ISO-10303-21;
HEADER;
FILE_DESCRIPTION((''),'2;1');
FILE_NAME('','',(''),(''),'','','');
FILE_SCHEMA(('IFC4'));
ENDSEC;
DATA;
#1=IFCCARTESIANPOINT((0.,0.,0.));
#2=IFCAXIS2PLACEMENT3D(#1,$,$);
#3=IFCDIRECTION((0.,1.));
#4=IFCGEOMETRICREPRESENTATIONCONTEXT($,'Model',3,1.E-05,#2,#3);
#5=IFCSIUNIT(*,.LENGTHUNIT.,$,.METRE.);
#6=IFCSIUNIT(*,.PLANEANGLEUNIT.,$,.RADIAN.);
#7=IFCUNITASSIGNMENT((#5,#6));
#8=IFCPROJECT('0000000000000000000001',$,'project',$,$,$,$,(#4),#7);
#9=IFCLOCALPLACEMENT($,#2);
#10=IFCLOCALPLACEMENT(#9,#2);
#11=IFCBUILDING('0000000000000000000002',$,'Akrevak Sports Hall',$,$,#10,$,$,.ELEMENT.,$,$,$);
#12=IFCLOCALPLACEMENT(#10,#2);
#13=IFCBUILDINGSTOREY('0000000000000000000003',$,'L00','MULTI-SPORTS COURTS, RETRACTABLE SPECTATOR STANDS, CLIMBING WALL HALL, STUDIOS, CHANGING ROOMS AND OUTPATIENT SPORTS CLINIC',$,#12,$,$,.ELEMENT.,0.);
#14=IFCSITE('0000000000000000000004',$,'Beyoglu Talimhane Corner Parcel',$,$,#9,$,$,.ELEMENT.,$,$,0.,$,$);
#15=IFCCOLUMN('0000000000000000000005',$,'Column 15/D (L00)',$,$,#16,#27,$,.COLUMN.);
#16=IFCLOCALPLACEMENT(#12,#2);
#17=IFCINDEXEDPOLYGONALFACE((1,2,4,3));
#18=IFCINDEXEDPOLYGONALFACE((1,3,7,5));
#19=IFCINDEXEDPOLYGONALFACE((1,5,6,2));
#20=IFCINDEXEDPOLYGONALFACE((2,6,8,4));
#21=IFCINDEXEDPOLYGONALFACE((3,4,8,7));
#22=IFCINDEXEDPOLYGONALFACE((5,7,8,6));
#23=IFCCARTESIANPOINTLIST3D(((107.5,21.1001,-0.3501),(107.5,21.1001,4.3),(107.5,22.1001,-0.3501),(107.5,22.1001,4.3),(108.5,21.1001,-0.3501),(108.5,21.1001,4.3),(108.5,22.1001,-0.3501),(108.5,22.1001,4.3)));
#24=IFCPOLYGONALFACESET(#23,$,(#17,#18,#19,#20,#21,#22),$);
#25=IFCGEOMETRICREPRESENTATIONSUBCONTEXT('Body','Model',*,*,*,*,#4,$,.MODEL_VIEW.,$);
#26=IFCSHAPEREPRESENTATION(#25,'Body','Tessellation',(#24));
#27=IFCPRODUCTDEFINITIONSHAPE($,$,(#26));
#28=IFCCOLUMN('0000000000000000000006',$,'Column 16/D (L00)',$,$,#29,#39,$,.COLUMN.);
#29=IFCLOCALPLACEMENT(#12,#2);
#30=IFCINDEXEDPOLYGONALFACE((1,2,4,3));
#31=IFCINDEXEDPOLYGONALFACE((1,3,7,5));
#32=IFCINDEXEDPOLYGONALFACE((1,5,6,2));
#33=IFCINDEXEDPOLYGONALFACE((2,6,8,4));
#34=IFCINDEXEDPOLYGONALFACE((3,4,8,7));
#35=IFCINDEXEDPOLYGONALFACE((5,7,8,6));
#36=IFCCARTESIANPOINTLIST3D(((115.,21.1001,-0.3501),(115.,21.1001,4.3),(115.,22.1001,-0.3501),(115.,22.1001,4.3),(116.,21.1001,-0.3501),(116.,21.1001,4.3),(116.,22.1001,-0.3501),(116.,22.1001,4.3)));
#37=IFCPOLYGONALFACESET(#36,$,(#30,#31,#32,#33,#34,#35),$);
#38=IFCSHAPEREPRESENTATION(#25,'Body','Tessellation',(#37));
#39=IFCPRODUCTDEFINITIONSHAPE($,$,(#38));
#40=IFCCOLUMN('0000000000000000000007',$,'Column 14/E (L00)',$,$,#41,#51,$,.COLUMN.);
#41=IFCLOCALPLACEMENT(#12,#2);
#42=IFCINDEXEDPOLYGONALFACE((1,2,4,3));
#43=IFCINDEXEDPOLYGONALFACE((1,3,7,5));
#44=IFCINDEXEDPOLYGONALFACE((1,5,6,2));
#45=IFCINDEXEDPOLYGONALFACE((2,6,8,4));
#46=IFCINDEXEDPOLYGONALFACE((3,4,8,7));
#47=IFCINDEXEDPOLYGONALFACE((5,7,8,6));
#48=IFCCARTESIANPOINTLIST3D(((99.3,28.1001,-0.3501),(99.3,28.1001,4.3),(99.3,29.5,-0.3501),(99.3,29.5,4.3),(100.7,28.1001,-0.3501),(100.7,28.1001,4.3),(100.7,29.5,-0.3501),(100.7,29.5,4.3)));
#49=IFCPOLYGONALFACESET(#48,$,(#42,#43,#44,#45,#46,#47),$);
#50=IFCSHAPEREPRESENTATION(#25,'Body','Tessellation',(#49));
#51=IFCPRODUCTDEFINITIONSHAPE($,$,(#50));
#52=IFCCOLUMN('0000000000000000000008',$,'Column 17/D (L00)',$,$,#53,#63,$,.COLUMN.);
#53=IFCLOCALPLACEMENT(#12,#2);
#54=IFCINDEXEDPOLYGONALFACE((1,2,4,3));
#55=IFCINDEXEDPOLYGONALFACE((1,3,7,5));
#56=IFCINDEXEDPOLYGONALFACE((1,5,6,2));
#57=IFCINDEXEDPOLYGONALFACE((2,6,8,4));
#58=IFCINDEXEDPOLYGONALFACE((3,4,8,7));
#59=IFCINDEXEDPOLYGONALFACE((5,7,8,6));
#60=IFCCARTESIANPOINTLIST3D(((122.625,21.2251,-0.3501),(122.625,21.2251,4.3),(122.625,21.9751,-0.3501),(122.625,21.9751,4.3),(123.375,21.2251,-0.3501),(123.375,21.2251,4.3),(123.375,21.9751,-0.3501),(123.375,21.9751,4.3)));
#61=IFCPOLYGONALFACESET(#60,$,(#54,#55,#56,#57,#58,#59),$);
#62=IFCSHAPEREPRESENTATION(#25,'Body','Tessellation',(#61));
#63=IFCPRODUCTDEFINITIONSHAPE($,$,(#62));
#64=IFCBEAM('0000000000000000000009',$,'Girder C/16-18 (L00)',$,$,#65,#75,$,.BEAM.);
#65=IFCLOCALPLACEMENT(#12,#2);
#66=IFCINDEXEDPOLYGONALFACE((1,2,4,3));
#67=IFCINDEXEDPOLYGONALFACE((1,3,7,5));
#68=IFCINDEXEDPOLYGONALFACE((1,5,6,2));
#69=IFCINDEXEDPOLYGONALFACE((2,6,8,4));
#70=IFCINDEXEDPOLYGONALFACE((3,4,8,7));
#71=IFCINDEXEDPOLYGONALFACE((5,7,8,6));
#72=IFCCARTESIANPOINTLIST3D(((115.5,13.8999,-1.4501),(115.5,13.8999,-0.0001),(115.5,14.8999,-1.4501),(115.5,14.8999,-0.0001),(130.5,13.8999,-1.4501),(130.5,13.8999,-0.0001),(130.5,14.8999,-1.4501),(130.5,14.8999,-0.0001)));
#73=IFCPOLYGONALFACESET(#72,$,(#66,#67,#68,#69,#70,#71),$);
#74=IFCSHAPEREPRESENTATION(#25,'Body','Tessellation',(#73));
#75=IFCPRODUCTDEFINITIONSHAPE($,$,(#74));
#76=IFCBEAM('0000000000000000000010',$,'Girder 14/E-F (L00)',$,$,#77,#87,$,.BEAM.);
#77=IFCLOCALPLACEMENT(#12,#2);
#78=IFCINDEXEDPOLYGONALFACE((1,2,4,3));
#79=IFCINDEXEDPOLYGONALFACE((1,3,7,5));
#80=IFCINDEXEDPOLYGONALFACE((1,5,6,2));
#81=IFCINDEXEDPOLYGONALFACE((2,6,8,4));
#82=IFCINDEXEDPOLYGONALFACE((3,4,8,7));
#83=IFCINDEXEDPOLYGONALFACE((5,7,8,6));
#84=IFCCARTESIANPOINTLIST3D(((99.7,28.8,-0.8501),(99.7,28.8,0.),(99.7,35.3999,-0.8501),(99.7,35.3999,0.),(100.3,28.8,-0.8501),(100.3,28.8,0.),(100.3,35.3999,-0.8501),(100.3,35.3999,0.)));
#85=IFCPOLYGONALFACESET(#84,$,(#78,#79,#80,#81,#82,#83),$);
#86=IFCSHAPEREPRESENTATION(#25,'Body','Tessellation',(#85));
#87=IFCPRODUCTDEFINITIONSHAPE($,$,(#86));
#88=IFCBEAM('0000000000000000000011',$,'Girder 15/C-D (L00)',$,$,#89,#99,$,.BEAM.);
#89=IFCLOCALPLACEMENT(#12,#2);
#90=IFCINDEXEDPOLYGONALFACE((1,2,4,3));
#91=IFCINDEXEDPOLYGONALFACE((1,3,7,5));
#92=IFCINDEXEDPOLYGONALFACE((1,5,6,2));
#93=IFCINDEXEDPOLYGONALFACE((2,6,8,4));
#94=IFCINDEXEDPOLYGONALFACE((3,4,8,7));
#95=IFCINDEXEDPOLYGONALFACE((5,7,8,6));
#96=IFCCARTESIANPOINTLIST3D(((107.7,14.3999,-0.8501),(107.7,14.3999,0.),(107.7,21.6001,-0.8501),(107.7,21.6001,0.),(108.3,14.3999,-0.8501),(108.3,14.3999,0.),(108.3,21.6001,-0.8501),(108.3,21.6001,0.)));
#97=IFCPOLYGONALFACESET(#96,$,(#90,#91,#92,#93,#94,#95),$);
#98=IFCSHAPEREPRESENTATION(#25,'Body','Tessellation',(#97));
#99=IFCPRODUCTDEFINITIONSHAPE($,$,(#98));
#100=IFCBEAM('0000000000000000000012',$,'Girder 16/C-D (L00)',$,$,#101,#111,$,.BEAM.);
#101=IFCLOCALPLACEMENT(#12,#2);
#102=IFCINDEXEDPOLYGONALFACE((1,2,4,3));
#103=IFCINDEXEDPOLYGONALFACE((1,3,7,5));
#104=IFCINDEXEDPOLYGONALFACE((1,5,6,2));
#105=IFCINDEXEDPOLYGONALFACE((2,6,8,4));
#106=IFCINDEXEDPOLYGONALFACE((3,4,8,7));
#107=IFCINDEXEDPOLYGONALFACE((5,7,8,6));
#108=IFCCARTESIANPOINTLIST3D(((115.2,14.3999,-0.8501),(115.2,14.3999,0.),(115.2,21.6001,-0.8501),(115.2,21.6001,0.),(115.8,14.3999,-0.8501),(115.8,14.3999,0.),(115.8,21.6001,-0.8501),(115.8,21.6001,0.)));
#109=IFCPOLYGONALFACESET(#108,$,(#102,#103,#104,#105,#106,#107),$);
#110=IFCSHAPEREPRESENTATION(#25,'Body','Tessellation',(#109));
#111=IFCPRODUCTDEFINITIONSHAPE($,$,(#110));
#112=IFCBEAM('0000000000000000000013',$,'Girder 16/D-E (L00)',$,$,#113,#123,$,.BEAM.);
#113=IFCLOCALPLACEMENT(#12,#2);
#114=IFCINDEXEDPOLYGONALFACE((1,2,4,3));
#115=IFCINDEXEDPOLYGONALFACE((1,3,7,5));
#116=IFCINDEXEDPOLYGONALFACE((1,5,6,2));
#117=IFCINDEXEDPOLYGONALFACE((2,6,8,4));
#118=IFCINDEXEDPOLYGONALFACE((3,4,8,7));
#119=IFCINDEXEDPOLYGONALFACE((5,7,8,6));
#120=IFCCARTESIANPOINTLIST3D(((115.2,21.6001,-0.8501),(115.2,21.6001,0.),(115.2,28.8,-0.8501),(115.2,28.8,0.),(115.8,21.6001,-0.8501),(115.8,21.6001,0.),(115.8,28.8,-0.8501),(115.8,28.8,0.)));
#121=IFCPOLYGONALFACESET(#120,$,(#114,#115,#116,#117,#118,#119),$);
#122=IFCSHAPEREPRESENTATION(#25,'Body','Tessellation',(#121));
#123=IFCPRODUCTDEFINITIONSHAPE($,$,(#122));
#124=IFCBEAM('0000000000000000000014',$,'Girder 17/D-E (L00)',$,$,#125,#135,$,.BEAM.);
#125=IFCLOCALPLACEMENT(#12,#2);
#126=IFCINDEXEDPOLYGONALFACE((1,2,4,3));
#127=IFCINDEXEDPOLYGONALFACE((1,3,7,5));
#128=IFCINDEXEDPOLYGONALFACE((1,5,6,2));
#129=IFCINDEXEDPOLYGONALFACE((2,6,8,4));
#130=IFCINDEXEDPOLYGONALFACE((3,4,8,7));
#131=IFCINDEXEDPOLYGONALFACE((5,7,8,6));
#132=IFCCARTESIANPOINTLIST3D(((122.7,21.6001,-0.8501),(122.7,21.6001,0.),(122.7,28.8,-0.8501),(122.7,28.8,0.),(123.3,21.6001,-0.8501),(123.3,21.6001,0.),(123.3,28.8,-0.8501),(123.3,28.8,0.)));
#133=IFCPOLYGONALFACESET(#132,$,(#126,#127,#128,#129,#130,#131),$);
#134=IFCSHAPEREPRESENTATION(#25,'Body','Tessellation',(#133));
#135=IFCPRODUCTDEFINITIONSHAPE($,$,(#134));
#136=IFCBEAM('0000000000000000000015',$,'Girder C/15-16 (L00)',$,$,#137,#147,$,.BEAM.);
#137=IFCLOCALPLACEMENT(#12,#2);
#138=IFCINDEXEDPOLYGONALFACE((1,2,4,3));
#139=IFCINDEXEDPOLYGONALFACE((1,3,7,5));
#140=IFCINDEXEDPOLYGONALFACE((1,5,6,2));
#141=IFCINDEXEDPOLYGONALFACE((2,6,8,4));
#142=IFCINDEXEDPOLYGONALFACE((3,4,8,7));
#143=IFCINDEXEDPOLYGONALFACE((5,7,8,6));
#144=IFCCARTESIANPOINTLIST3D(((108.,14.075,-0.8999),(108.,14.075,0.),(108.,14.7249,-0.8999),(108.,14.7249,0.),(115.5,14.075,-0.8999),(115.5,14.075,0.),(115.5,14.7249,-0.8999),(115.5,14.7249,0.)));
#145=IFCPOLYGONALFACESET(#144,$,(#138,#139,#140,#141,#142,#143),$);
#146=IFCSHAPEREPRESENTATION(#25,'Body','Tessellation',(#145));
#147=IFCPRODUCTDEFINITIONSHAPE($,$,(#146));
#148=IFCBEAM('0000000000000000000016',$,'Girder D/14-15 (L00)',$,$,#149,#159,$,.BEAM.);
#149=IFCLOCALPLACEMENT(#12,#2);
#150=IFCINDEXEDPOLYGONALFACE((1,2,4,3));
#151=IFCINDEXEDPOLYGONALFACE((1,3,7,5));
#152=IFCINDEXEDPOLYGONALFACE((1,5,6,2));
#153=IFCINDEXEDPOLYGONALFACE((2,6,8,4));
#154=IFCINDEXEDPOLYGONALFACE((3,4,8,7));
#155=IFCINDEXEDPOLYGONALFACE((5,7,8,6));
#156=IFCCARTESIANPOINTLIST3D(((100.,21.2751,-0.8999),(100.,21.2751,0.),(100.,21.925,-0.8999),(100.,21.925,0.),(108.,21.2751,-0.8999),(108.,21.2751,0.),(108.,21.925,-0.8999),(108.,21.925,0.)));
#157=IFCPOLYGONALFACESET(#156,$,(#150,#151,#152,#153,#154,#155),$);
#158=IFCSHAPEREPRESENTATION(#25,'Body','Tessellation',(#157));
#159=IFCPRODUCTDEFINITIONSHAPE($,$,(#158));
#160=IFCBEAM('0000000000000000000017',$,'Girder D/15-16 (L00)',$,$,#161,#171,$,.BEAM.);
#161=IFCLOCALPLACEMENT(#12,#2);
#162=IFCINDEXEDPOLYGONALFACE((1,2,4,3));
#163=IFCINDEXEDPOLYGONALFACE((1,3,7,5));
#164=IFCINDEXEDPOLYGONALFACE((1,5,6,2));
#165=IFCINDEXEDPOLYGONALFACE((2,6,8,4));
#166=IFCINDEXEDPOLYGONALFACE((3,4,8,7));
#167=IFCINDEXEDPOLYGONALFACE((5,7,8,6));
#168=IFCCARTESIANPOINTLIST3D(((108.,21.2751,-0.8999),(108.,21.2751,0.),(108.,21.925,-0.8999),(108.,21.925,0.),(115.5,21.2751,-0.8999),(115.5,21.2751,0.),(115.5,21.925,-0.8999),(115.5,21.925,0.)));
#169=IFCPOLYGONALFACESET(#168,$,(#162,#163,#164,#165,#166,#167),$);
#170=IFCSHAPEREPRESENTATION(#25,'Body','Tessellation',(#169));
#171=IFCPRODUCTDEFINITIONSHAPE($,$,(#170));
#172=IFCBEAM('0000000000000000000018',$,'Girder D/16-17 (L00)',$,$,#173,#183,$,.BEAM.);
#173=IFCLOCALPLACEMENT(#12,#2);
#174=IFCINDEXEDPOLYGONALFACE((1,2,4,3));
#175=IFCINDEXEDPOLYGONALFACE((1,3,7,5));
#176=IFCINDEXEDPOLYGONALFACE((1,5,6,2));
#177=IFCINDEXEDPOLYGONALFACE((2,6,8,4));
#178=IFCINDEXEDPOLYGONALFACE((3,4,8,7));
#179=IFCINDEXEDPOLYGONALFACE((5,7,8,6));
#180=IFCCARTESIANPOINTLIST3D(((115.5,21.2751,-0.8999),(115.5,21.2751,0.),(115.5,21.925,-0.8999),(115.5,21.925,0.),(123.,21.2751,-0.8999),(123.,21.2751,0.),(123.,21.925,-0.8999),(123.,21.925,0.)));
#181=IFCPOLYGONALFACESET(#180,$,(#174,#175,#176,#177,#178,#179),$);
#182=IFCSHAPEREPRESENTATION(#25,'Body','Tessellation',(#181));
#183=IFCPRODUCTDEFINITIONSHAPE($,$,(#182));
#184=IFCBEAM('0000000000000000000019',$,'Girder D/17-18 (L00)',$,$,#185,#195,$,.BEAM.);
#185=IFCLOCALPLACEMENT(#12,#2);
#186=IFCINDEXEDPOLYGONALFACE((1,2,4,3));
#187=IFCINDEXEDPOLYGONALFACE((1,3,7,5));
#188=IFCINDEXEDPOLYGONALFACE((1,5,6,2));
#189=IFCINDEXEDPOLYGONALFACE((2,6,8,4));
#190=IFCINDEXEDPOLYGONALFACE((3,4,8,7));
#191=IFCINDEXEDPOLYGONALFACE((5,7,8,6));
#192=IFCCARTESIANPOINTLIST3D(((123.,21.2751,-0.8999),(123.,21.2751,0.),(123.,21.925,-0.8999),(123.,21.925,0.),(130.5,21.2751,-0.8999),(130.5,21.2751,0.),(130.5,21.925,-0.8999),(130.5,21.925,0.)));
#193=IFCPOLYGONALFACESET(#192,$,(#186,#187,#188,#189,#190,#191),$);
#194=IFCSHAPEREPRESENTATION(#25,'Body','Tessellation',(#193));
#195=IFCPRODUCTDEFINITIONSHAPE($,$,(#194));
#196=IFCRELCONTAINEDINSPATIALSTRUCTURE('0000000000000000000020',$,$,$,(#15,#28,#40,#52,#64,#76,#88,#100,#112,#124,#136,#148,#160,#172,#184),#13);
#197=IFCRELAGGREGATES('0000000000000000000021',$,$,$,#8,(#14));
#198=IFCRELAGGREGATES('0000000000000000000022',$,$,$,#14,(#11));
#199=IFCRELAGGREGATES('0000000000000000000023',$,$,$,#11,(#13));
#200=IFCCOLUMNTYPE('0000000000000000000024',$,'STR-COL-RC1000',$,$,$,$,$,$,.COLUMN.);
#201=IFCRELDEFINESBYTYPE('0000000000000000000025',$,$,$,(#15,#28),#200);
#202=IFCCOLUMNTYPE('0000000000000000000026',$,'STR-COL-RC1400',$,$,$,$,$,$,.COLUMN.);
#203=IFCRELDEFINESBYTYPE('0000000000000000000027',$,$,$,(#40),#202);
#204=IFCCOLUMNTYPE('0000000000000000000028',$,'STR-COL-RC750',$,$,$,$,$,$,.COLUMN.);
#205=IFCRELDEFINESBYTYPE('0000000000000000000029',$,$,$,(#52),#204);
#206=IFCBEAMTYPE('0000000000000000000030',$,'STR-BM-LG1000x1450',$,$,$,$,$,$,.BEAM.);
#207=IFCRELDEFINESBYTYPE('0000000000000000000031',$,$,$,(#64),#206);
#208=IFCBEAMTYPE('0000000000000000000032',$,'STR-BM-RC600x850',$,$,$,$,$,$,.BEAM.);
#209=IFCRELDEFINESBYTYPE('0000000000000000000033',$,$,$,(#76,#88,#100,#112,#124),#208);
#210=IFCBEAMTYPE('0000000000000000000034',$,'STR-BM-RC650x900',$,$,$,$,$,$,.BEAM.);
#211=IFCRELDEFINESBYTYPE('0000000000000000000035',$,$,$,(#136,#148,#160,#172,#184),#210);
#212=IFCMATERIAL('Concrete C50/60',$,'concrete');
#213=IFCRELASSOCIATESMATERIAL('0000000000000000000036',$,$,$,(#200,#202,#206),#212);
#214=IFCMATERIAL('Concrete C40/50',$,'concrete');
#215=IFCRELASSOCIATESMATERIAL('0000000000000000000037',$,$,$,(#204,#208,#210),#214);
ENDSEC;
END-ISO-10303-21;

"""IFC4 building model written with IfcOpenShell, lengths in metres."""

from ifc_helpers import new_model, si_unit, direction, frame, origin, origin_2d, place, context, subcontext, project, spatial, rectangle, extrude, material, material_profile, profile_set, type_object, element, save


model = new_model("IFC4")

# Units and contexts
model_context = context("Model", 3, precision=1e-05, world=origin(), true_north=direction((0.0, 1.0)))
body_context = subcontext(model_context, "Body", "Model", "MODEL_VIEW")
ifc_project = project(units=[si_unit("LENGTHUNIT", "METRE"), si_unit("PLANEANGLEUNIT", "RADIAN")], contexts=[model_context])

# Site, building, storey
site_placement = place(None, origin())
site = spatial("IfcSite", under=ifc_project, at=site_placement, Name="Beyoglu Talimhane Corner Parcel", CompositionType="ELEMENT", RefElevation=0.0)
building_placement = place(site_placement, origin())
building = spatial("IfcBuilding", under=site, at=building_placement, Name="Akrevak Sports Hall", CompositionType="ELEMENT")
storey_placement = place(building_placement, origin())
storey = spatial("IfcBuildingStorey", under=building, at=storey_placement, Name="L00", Description="MULTI-SPORTS COURTS, RETRACTABLE SPECTATOR STANDS, CLIMBING WALL HALL, STUDIOS, CHANGING ROOMS AND OUTPATIENT SPORTS CLINIC", CompositionType="ELEMENT", Elevation=0.0)

# Columns
ifc_material_1 = material(Name="Concrete C50/60", Category="concrete")
ifc_material_profile_1 = material_profile(ifc_material_1, rectangle(XDim=1.0, YDim=1.0, at=origin_2d()), Name="RC 1000x1000", Category="concrete")
ifc_profile_set_1 = profile_set([ifc_material_profile_1], Name="Concrete C50/60")
column_type_1 = type_object("IfcColumnType", Name="STR-COL-RC1000", PredefinedType="COLUMN", material=ifc_profile_set_1)
for number, where, z_axis, x_axis, name in (
    (1, (108.0, 21.6001, -0.3501), (0.0, 0.0, 1.0), (1.0, 0.0, 0.0), "Column 15/D (L00)"),
    (2, (115.5, 21.6001, -0.3501), (0.0, 0.0, 1.0), (1.0, 0.0, 0.0), "Column 16/D (L00)"),
):
    element("IfcColumn", number, at=place(storey_placement, frame(where, z_axis=z_axis, x_axis=x_axis)), inside=storey, type_object=column_type_1, Name=name, PredefinedType="COLUMN", context=body_context, shape_type="SweptSolid", body=[
        extrude(rectangle(XDim=1.0, YDim=1.0, at=origin_2d()), origin(), (0.0, 0.0, 1.0), 4.6501),
    ])
ifc_material_profile_2 = material_profile(ifc_material_1, rectangle(XDim=1.3999, YDim=1.3999, at=origin_2d()), Name="RC 1400x1400", Category="concrete")
ifc_profile_set_2 = profile_set([ifc_material_profile_2], Name="Concrete C50/60")
column_type_2 = type_object("IfcColumnType", Name="STR-COL-RC1400", PredefinedType="COLUMN", material=ifc_profile_set_2)
column_1_placement = place(storey_placement, frame((100.0, 28.8, -0.3501), z_axis=(0.0, 0.0, 1.0), x_axis=(1.0, 0.0, 0.0)))
element("IfcColumn", 3, at=column_1_placement, inside=storey, type_object=column_type_2, Name="Column 14/E (L00)", PredefinedType="COLUMN", context=body_context, shape_type="SweptSolid", body=[
    extrude(rectangle(XDim=1.3999, YDim=1.3999, at=origin_2d()), origin(), (0.0, 0.0, 1.0), 4.6501),
])
ifc_material_2 = material(Name="Concrete C40/50", Category="concrete")
ifc_material_profile_3 = material_profile(ifc_material_2, rectangle(XDim=0.75, YDim=0.75, at=origin_2d()), Name="RC 750x750", Category="concrete")
ifc_profile_set_3 = profile_set([ifc_material_profile_3], Name="Concrete C40/50")
column_type_3 = type_object("IfcColumnType", Name="STR-COL-RC750", PredefinedType="COLUMN", material=ifc_profile_set_3)
column_2_placement = place(storey_placement, frame((123.0, 21.6001, -0.3501), z_axis=(0.0, 0.0, 1.0), x_axis=(1.0, 0.0, 0.0)))
element("IfcColumn", 4, at=column_2_placement, inside=storey, type_object=column_type_3, Name="Column 17/D (L00)", PredefinedType="COLUMN", context=body_context, shape_type="SweptSolid", body=[
    extrude(rectangle(XDim=0.75, YDim=0.75, at=origin_2d()), origin(), (0.0, 0.0, 1.0), 4.6501),
])

# Beams
ifc_material_profile_4 = material_profile(ifc_material_1, rectangle(XDim=1.0, YDim=1.45, at=origin_2d()), Name="BM 1000x1450", Category="concrete")
ifc_profile_set_4 = profile_set([ifc_material_profile_4], Name="Concrete C50/60")
beam_type_1 = type_object("IfcBeamType", Name="STR-BM-LG1000x1450", PredefinedType="BEAM", material=ifc_profile_set_4)
beam_1_placement = place(storey_placement, frame((115.5, 14.3999, -0.7251), z_axis=(1.0, 0.0, 0.0), x_axis=(0.0, 1.0, 0.0)))
element("IfcBeam", 5, at=beam_1_placement, inside=storey, type_object=beam_type_1, Name="Girder C/16-18 (L00)", PredefinedType="BEAM", context=body_context, shape_type="SweptSolid", body=[
    extrude(rectangle(XDim=1.0, YDim=1.45, at=origin_2d()), origin(), (0.0, 0.0, 1.0), 15.0),
])
ifc_material_profile_5 = material_profile(ifc_material_2, rectangle(XDim=0.6001, YDim=0.8501, at=origin_2d()), Name="BM 600x850", Category="concrete")
ifc_profile_set_5 = profile_set([ifc_material_profile_5], Name="Concrete C40/50")
beam_type_2 = type_object("IfcBeamType", Name="STR-BM-RC600x850", PredefinedType="BEAM", material=ifc_profile_set_5)
beam_2_placement = place(storey_placement, frame((100.0, 28.8, -0.425), z_axis=(0.0, 1.0, 0.0), x_axis=(-1.0, 0.0, 0.0)))
element("IfcBeam", 6, at=beam_2_placement, inside=storey, type_object=beam_type_2, Name="Girder 14/E-F (L00)", PredefinedType="BEAM", context=body_context, shape_type="SweptSolid", body=[
    extrude(rectangle(XDim=0.6001, YDim=0.8501, at=origin_2d()), origin(), (0.0, 0.0, 1.0), 6.5999),
])
for number, where, z_axis, x_axis, name in (
    (7, (108.0, 14.3999, -0.425), (0.0, 1.0, 0.0), (-1.0, 0.0, 0.0), "Girder 15/C-D (L00)"),
    (8, (115.5, 14.3999, -0.425), (0.0, 1.0, 0.0), (-1.0, 0.0, 0.0), "Girder 16/C-D (L00)"),
):
    element("IfcBeam", number, at=place(storey_placement, frame(where, z_axis=z_axis, x_axis=x_axis)), inside=storey, type_object=beam_type_2, Name=name, PredefinedType="BEAM", context=body_context, shape_type="SweptSolid", body=[
        extrude(rectangle(XDim=0.6001, YDim=0.8501, at=origin_2d()), origin(), (0.0, 0.0, 1.0), 7.2002),
    ])
for number, where, z_axis, x_axis, name in (
    (9, (115.5, 21.6001, -0.425), (0.0, 1.0, 0.0), (-1.0, 0.0, 0.0), "Girder 16/D-E (L00)"),
    (10, (123.0, 21.6001, -0.425), (0.0, 1.0, 0.0), (-1.0, 0.0, 0.0), "Girder 17/D-E (L00)"),
):
    element("IfcBeam", number, at=place(storey_placement, frame(where, z_axis=z_axis, x_axis=x_axis)), inside=storey, type_object=beam_type_2, Name=name, PredefinedType="BEAM", context=body_context, shape_type="SweptSolid", body=[
        extrude(rectangle(XDim=0.6001, YDim=0.8501, at=origin_2d()), origin(), (0.0, 0.0, 1.0), 7.2),
    ])
ifc_material_profile_6 = material_profile(ifc_material_2, rectangle(XDim=0.6499, YDim=0.8999, at=origin_2d()), Name="BM 650x900", Category="concrete")
ifc_profile_set_6 = profile_set([ifc_material_profile_6], Name="Concrete C40/50")
beam_type_3 = type_object("IfcBeamType", Name="STR-BM-RC650x900", PredefinedType="BEAM", material=ifc_profile_set_6)
beam_3_placement = place(storey_placement, frame((108.0, 14.3999, -0.45), z_axis=(1.0, 0.0, 0.0), x_axis=(0.0, 1.0, 0.0)))
element("IfcBeam", 11, at=beam_3_placement, inside=storey, type_object=beam_type_3, Name="Girder C/15-16 (L00)", PredefinedType="BEAM", context=body_context, shape_type="SweptSolid", body=[
    extrude(rectangle(XDim=0.6499, YDim=0.8999, at=origin_2d()), origin(), (0.0, 0.0, 1.0), 7.5),
])
beam_4_placement = place(storey_placement, frame((100.0, 21.6001, -0.45), z_axis=(1.0, 0.0, 0.0), x_axis=(0.0, 1.0, 0.0)))
element("IfcBeam", 12, at=beam_4_placement, inside=storey, type_object=beam_type_3, Name="Girder D/14-15 (L00)", PredefinedType="BEAM", context=body_context, shape_type="SweptSolid", body=[
    extrude(rectangle(XDim=0.6499, YDim=0.8999, at=origin_2d()), origin(), (0.0, 0.0, 1.0), 8.0),
])
for number, where, z_axis, x_axis, name in (
    (13, (108.0, 21.6001, -0.45), (1.0, 0.0, 0.0), (0.0, 1.0, 0.0), "Girder D/15-16 (L00)"),
    (14, (115.5, 21.6001, -0.45), (1.0, 0.0, 0.0), (0.0, 1.0, 0.0), "Girder D/16-17 (L00)"),
    (15, (123.0, 21.6001, -0.45), (1.0, 0.0, 0.0), (0.0, 1.0, 0.0), "Girder D/17-18 (L00)"),
):
    element("IfcBeam", number, at=place(storey_placement, frame(where, z_axis=z_axis, x_axis=x_axis)), inside=storey, type_object=beam_type_3, Name=name, PredefinedType="BEAM", context=body_context, shape_type="SweptSolid", body=[
        extrude(rectangle(XDim=0.6499, YDim=0.8999, at=origin_2d()), origin(), (0.0, 0.0, 1.0), 7.5),
    ])

save(model, "model.ifc")
